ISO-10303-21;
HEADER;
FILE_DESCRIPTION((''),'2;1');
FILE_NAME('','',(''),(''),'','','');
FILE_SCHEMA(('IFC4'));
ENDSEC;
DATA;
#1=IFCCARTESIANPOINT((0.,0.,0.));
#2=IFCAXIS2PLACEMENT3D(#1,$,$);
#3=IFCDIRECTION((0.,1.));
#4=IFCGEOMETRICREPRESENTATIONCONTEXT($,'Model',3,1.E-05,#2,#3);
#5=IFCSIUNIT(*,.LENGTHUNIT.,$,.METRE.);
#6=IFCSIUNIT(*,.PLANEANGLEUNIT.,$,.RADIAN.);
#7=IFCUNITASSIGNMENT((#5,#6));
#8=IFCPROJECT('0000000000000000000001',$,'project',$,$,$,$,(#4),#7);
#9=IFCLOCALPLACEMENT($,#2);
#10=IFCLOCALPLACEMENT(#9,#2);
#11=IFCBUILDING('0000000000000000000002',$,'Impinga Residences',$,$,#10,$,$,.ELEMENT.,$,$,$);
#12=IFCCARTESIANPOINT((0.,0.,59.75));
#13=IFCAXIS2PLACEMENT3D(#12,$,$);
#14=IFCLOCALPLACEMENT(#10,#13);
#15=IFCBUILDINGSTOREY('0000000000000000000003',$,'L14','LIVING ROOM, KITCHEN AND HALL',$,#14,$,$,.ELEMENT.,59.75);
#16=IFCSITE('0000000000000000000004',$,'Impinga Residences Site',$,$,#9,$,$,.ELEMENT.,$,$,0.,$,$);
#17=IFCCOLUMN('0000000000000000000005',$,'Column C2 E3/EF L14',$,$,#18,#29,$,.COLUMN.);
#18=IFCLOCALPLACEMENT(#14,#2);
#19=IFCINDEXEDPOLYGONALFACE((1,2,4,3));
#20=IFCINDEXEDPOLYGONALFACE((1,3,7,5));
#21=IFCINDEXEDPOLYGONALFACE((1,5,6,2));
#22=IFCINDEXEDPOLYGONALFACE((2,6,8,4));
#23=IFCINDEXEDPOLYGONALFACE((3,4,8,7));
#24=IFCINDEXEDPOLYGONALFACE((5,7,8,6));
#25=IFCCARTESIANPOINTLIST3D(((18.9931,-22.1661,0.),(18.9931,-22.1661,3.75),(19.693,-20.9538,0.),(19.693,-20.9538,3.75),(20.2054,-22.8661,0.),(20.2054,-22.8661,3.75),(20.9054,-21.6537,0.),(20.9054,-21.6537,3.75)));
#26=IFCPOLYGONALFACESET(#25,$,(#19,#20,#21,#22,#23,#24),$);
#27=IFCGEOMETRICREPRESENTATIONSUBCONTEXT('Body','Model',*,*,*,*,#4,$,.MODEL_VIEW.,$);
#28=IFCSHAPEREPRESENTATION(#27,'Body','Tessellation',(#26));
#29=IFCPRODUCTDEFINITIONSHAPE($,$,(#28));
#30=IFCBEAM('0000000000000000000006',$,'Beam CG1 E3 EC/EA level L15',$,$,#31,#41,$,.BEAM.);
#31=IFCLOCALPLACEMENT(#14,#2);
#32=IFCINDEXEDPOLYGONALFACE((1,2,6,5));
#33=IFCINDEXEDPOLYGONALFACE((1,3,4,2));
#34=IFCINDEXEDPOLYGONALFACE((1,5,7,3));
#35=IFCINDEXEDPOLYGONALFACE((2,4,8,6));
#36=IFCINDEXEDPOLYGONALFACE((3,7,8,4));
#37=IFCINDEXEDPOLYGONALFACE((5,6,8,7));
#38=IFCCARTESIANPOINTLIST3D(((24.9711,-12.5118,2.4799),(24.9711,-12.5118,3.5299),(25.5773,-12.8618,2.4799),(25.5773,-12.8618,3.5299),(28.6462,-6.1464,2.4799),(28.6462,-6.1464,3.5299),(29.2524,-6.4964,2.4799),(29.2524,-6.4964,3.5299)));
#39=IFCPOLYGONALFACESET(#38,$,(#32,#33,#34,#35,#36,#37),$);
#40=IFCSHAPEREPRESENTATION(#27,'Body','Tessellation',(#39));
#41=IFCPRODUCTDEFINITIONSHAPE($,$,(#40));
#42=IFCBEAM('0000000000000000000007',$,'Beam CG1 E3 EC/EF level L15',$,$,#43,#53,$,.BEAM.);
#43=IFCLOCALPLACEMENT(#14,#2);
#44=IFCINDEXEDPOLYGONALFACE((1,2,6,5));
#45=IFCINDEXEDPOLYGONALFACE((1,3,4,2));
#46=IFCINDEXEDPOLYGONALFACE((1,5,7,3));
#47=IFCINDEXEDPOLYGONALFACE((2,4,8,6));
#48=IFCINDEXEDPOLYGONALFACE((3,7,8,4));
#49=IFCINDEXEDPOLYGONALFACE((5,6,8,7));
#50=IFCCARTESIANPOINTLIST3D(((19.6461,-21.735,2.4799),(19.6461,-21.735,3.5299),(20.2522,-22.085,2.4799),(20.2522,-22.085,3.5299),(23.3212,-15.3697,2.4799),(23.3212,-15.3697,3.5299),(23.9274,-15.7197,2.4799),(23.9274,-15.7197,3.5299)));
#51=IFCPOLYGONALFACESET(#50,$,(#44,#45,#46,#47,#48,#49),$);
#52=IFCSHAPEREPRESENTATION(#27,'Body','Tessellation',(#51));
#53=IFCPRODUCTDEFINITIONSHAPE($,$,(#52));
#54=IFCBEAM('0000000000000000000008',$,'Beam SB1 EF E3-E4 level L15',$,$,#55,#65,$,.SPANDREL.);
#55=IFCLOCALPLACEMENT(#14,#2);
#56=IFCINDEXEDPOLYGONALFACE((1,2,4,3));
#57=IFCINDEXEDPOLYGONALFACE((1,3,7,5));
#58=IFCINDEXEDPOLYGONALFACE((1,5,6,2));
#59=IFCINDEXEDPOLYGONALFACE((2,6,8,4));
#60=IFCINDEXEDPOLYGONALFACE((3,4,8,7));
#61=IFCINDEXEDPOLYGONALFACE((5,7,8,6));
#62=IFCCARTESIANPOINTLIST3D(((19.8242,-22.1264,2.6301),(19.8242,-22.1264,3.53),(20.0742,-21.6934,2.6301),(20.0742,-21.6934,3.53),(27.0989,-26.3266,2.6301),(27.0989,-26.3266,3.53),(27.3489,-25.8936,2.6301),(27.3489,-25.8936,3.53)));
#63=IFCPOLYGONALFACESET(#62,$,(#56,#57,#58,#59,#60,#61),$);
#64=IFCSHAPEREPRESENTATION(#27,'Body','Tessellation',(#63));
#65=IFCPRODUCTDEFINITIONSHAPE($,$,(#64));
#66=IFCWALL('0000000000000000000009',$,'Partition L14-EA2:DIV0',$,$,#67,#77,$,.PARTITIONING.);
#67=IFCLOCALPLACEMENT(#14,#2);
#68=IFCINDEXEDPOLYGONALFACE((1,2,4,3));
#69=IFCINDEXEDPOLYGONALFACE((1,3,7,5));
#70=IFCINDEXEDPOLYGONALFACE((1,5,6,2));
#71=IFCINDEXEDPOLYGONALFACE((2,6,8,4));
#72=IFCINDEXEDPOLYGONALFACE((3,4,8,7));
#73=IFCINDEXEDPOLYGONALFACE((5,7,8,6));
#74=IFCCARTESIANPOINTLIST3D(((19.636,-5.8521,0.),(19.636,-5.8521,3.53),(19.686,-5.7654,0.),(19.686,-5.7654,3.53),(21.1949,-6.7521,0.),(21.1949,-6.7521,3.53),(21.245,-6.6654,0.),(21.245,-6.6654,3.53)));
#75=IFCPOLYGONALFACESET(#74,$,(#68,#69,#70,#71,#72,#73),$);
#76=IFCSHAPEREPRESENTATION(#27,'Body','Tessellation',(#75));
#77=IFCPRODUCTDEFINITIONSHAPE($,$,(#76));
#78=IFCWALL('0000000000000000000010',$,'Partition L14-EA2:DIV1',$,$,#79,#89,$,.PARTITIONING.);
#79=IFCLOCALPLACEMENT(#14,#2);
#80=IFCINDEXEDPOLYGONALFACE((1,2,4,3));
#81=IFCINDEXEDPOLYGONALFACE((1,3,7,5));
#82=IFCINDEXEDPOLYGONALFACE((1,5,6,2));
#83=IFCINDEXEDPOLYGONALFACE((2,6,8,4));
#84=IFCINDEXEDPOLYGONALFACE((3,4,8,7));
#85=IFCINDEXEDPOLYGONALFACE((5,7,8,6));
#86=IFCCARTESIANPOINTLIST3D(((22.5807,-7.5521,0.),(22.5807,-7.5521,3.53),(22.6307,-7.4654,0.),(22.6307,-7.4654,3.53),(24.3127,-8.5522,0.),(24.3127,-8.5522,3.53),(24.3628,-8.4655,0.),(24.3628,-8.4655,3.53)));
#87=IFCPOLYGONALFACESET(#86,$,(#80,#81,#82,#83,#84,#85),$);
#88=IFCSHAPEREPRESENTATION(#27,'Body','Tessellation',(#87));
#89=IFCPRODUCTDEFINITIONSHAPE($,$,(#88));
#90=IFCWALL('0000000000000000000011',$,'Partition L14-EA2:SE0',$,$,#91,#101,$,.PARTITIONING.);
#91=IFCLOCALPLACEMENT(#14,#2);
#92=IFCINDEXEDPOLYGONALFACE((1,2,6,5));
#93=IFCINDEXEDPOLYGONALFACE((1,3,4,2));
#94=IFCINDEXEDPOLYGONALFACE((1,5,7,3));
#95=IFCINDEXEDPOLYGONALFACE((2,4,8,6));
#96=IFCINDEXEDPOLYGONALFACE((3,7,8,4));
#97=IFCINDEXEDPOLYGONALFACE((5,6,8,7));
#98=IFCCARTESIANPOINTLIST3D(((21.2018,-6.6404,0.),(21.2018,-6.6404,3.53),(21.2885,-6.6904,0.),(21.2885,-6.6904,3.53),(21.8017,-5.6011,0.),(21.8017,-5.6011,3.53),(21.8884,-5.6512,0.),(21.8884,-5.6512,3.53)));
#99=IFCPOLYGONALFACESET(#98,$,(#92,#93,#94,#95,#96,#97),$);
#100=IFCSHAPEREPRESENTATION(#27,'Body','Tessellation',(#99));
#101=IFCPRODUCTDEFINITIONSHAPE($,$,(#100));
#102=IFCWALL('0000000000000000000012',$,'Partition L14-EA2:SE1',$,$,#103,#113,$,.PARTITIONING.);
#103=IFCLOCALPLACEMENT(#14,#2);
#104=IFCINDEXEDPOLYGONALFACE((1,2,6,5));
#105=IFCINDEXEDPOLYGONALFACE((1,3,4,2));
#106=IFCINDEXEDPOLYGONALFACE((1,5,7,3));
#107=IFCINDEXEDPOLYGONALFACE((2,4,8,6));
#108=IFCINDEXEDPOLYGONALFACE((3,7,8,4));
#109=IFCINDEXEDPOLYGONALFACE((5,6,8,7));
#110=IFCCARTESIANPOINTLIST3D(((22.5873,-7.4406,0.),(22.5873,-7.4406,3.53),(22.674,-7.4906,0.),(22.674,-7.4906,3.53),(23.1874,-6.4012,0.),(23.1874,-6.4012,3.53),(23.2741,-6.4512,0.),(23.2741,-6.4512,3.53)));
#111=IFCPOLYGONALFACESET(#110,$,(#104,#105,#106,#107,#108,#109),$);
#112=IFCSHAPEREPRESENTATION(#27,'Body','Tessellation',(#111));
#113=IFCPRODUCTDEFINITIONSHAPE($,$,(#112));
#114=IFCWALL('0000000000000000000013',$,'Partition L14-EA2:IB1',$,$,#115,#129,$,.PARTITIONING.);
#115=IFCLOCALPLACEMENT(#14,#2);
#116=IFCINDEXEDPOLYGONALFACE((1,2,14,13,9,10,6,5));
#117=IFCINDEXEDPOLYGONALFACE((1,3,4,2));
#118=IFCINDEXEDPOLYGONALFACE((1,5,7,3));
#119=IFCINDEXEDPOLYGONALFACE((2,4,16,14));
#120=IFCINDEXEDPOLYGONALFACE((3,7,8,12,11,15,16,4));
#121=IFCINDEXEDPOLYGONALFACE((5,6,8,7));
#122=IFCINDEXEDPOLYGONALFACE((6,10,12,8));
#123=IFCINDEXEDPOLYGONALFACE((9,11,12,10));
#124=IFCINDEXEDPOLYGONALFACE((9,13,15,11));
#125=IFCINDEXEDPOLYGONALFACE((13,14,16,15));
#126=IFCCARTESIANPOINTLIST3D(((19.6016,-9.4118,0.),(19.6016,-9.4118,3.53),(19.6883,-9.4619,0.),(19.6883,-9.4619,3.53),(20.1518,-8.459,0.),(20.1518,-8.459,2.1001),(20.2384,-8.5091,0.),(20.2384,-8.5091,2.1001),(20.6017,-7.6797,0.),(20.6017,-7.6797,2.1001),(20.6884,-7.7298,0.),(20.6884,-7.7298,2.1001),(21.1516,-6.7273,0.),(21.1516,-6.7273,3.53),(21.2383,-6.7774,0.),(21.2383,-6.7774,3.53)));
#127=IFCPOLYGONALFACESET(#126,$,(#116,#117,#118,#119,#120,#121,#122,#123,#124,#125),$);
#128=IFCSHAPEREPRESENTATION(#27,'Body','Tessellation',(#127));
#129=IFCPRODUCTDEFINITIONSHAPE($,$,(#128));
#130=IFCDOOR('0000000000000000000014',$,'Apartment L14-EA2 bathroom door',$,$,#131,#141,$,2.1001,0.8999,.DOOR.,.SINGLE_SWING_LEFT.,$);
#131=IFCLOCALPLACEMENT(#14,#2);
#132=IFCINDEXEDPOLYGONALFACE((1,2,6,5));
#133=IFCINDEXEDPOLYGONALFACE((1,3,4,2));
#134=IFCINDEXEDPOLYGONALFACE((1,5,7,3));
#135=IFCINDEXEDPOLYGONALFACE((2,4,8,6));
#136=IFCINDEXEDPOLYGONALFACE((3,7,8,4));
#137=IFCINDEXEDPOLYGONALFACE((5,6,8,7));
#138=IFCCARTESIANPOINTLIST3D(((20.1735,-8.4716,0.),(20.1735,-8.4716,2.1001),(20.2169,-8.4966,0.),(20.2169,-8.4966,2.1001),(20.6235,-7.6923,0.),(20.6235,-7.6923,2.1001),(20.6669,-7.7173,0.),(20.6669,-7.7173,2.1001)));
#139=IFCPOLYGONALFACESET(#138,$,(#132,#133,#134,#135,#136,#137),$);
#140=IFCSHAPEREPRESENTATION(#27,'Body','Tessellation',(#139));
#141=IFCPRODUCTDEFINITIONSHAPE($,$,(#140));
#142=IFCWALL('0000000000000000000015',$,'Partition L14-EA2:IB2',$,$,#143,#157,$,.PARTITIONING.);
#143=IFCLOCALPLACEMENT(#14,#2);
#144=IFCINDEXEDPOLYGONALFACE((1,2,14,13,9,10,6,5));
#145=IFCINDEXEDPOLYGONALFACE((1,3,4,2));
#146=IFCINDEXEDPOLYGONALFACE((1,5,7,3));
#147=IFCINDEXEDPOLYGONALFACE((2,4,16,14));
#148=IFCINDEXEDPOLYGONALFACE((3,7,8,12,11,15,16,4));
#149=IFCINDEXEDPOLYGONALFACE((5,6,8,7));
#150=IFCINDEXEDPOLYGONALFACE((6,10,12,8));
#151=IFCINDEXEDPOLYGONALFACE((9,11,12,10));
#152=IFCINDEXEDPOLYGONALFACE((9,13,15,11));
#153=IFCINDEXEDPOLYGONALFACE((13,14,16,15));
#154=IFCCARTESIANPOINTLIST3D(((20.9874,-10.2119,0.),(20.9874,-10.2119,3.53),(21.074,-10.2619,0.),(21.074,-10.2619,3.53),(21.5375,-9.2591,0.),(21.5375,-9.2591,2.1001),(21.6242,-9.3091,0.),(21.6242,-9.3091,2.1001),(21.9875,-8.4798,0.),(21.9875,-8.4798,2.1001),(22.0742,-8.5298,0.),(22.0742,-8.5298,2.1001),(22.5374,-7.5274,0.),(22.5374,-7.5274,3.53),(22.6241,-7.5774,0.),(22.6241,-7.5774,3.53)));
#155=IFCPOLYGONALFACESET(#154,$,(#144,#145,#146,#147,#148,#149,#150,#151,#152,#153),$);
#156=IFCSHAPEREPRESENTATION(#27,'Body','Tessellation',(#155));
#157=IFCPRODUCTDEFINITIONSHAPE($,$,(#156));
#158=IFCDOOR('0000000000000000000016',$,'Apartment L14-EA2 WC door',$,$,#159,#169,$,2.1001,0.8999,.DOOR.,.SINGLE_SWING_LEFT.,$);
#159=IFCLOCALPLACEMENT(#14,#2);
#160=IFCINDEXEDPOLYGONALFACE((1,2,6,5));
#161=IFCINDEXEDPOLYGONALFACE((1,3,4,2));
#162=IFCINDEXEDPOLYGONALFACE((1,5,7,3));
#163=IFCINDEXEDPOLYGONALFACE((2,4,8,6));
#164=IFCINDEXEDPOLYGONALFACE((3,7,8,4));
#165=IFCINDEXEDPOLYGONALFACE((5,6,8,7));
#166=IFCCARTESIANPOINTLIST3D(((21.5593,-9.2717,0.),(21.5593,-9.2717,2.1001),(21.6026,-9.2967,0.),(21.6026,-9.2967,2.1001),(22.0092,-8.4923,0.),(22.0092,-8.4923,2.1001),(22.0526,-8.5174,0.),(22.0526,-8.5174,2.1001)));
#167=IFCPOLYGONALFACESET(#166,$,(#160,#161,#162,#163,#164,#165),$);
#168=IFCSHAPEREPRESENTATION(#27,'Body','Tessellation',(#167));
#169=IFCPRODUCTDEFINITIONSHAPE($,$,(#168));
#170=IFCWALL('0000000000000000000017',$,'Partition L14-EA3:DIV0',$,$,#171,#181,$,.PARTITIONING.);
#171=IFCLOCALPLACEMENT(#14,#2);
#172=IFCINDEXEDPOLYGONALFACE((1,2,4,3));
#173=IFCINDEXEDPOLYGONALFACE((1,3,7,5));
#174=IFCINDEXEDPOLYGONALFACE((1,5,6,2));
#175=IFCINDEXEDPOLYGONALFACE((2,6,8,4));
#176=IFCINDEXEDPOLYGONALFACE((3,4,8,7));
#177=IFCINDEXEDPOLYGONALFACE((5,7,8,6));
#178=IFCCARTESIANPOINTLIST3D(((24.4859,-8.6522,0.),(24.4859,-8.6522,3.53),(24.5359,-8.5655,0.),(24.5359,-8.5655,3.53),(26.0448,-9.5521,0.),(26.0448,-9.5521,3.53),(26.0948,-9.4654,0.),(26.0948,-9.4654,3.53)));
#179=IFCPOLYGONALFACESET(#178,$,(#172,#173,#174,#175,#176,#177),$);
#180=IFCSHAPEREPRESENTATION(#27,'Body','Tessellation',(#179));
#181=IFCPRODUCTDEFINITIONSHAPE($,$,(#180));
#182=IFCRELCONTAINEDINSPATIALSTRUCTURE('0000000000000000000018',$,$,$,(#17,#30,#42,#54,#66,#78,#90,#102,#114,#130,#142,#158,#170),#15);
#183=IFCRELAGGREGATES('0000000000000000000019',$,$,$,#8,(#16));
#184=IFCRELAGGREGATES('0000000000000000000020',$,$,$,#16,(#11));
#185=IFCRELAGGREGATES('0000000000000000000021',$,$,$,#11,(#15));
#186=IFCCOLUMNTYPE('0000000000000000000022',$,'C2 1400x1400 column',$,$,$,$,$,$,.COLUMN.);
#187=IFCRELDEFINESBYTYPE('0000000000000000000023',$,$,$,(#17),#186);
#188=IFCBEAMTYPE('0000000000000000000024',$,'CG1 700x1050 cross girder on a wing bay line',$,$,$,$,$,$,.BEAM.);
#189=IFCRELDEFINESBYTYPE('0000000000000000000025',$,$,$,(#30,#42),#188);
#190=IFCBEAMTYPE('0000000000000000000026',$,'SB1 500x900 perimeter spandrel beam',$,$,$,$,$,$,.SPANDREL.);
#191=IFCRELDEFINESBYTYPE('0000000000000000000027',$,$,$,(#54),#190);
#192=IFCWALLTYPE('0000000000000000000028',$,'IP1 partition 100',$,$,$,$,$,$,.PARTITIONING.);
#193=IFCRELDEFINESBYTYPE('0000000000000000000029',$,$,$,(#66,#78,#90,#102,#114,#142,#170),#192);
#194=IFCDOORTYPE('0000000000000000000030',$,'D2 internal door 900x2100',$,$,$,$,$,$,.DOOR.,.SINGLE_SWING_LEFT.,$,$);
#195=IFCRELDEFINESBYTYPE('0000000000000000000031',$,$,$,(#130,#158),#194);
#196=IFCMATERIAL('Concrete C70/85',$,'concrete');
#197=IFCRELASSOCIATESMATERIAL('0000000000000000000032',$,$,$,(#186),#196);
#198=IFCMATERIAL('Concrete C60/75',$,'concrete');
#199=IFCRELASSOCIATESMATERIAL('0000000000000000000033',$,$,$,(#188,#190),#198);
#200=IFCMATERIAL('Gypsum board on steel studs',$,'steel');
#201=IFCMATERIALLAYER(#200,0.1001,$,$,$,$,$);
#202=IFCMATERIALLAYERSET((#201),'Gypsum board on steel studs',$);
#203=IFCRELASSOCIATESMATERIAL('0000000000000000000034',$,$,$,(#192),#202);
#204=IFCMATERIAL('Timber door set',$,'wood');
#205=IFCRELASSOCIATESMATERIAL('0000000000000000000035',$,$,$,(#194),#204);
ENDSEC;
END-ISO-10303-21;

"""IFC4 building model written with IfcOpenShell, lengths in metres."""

from ifc_helpers import new_model, si_unit, direction, frame, frame_2d, origin, origin_2d, place, context, subcontext, project, spatial, rectangle, extrude, material, layer, layer_set, material_profile, profile_set, type_object, element, fill, save


model = new_model("IFC4")

# Units and contexts
model_context = context("Model", 3, precision=1e-05, world=origin(), true_north=direction((0.0, 1.0)))
body_context = subcontext(model_context, "Body", "Model", "MODEL_VIEW")
ifc_project = project(units=[si_unit("LENGTHUNIT", "METRE"), si_unit("PLANEANGLEUNIT", "RADIAN")], contexts=[model_context])

# Site, building, storey
site_placement = place(None, origin())
site = spatial("IfcSite", under=ifc_project, at=site_placement, Name="Impinga Residences Site", CompositionType="ELEMENT", RefElevation=0.0)
building_placement = place(site_placement, origin())
building = spatial("IfcBuilding", under=site, at=building_placement, Name="Impinga Residences", CompositionType="ELEMENT")
storey_placement = place(building_placement, frame((0.0, 0.0, 59.75)))
storey = spatial("IfcBuildingStorey", under=building, at=storey_placement, Name="L14", Description="LIVING ROOM, KITCHEN AND HALL", CompositionType="ELEMENT", Elevation=59.75)

# Column
ifc_material_1 = material(Name="Concrete C70/85", Category="concrete")
ifc_material_profile_1 = material_profile(ifc_material_1, rectangle(XDim=1.3999, YDim=1.3999, at=origin_2d()), Name="RC 1400x1400")
ifc_profile_set_1 = profile_set([ifc_material_profile_1], Name="Concrete C70/85")
column_type = type_object("IfcColumnType", Name="C2 1400x1400 column", PredefinedType="COLUMN", material=ifc_profile_set_1)
column_placement = place(storey_placement, frame((19.9492, -21.9099, 0.0), z_axis=(0.0, 0.0, 1.0), x_axis=(-0.5, -0.866025, 0.0)))
element("IfcColumn", 1, at=column_placement, inside=storey, type_object=column_type, Name="Column C2 E3/EF L14", PredefinedType="COLUMN", context=body_context, shape_type="SweptSolid", body=[
    extrude(rectangle(XDim=1.3999, YDim=1.3999, at=origin_2d()), origin(), (0.0, 0.0, 1.0), 3.75),
])

# Beams
ifc_material_2 = material(Name="Concrete C60/75", Category="concrete")
ifc_material_profile_2 = material_profile(ifc_material_2, rectangle(XDim=0.7, YDim=1.05, at=origin_2d()), Name="RC 700x1050")
ifc_profile_set_2 = profile_set([ifc_material_profile_2], Name="Concrete C60/75")
beam_type_1 = type_object("IfcBeamType", Name="CG1 700x1050 cross girder on a wing bay line", PredefinedType="BEAM", material=ifc_profile_set_2)
for number, where, z_axis, x_axis, name in (
    (2, (25.2742, -12.6868, 3.0049), (0.500008, 0.866021, 0.0), (-0.866021, 0.500008, 0.0), "Beam CG1 E3 EC/EA level L15"),
    (3, (23.6243, -15.5447, 3.0049), (-0.500008, -0.866021, 0.0), (0.866021, -0.500008, 0.0), "Beam CG1 E3 EC/EF level L15"),
):
    element("IfcBeam", number, at=place(storey_placement, frame(where, z_axis=z_axis, x_axis=x_axis)), inside=storey, type_object=beam_type_1, Name=name, PredefinedType="BEAM", context=body_context, shape_type="SweptSolid", body=[
        extrude(rectangle(XDim=0.7, YDim=1.05, at=origin_2d()), origin(), (0.0, 0.0, 1.0), 7.3501),
    ])
ifc_material_profile_3 = material_profile(ifc_material_2, rectangle(XDim=0.5, YDim=0.8999, at=origin_2d()), Name="RC 500x900")
ifc_profile_set_3 = profile_set([ifc_material_profile_3], Name="Concrete C60/75")
beam_type_2 = type_object("IfcBeamType", Name="SB1 500x900 perimeter spandrel beam", PredefinedType="SPANDREL", material=ifc_profile_set_3)
beam_placement = place(storey_placement, frame((19.9492, -21.9099, 3.0801), z_axis=(0.866017, -0.500015, 0.0), x_axis=(0.500015, 0.866017, 0.0)))
element("IfcBeam", 4, at=beam_placement, inside=storey, type_object=beam_type_2, Name="Beam SB1 EF E3-E4 level L15", PredefinedType="SPANDREL", context=body_context, shape_type="SweptSolid", body=[
    extrude(rectangle(XDim=0.5, YDim=0.8999, at=origin_2d()), origin(), (0.0, 0.0, 1.0), 8.4001),
])

# Walls
ifc_material_3 = material(Name="Gypsum board on steel studs", Category="steel")
ifc_layer_1 = layer(ifc_material_3, 0.1001)
ifc_layer_set_1 = layer_set([ifc_layer_1], Name="Gypsum board on steel studs")
wall_type_1 = type_object("IfcWallType", Name="IP1 partition 100", PredefinedType="PARTITIONING", material=ifc_layer_set_1)
wall_1_placement = place(storey_placement, frame((19.6611, -5.8088, 0.0), z_axis=(0.0, 0.0, 1.0), x_axis=(0.866048, -0.499961, 0.0)))
element("IfcWall", 5, at=wall_1_placement, inside=storey, type_object=wall_type_1, Name="Partition L14-EA2:DIV0", PredefinedType="PARTITIONING", context=body_context, shape_type="SweptSolid", body=[
    extrude(rectangle(XDim=1.8, YDim=0.1001, at=frame_2d((0.8999, 0.0))), origin(), (0.0, 0.0, 1.0), 3.53),
])
wall_2_placement = place(storey_placement, frame((22.6057, -7.5088, 0.0), z_axis=(0.0, 0.0, 1.0), x_axis=(0.866011, -0.500025, 0.0)))
element("IfcWall", 6, at=wall_2_placement, inside=storey, type_object=wall_type_1, Name="Partition L14-EA2:DIV1", PredefinedType="PARTITIONING", context=body_context, shape_type="SweptSolid", body=[
    extrude(rectangle(XDim=2.0, YDim=0.1001, at=frame_2d((1.0, 0.0))), origin(), (0.0, 0.0, 1.0), 3.53),
])
wall_3_placement = place(storey_placement, frame((21.2451, -6.6655, 0.0), z_axis=(0.0, 0.0, 1.0), x_axis=(0.499881, 0.866094, 0.0)))
element("IfcWall", 7, at=wall_3_placement, inside=storey, type_object=wall_type_1, Name="Partition L14-EA2:SE0", PredefinedType="PARTITIONING", context=body_context, shape_type="SweptSolid", body=[
    extrude(rectangle(XDim=1.2, YDim=0.1001, at=frame_2d((0.6001, 0.0))), origin(), (0.0, 0.0, 1.0), 3.53),
])
wall_4_placement = place(storey_placement, frame((22.6306, -7.4656, 0.0), z_axis=(0.0, 0.0, 1.0), x_axis=(0.500034, 0.866006, 0.0)))
element("IfcWall", 8, at=wall_4_placement, inside=storey, type_object=wall_type_1, Name="Partition L14-EA2:SE1", PredefinedType="PARTITIONING", context=body_context, shape_type="SweptSolid", body=[
    extrude(rectangle(XDim=1.2002, YDim=0.1001, at=frame_2d((0.6001, 0.0))), origin(), (0.0, 0.0, 1.0), 3.53),
])

# Walls, openings, doors
wall_5_placement = place(storey_placement, frame((19.645, -9.4368, 0.0), z_axis=(0.0, 0.0, 1.0), x_axis=(0.500027, 0.86601, 0.0)))
wall_5 = element("IfcWall", 9, at=wall_5_placement, inside=storey, type_object=wall_type_1, Name="Partition L14-EA2:IB1", PredefinedType="PARTITIONING", context=body_context, shape_type="SweptSolid", body=[
    extrude(rectangle(XDim=3.0999, YDim=0.1001, at=frame_2d((1.5498, 0.0))), origin(), (0.0, 0.0, 1.0), 3.53),
])
opening_1_placement = place(wall_5_placement, frame((1.1001, 0.0, 0.0)))
opening_1 = element("IfcOpeningElement", 10, at=opening_1_placement, cuts=wall_5, PredefinedType="OPENING", context=body_context, shape_type="SweptSolid", body=[
    extrude(rectangle(XDim=0.8999, YDim=2.1001, at=frame_2d((0.45, 1.05))), frame((0.0, 0.0601, 0.0), z_axis=(0.0, -1.0, 0.0), x_axis=(1.0, 0.0, 0.0)), (0.0, 0.0, 1.0), 0.1201),
])
ifc_material_4 = material(Name="Timber door set", Category="wood")
door_type = type_object("IfcDoorType", Name="D2 internal door 900x2100", OperationType="SINGLE_SWING_LEFT", PredefinedType="DOOR", material=ifc_material_4)
door_1_placement = place(opening_1_placement, origin())
door_1 = element("IfcDoor", 11, at=door_1_placement, inside=storey, type_object=door_type, Name="Apartment L14-EA2 bathroom door", OperationType="SINGLE_SWING_LEFT", OverallHeight=2.1001, OverallWidth=0.8999, PredefinedType="DOOR", context=body_context, shape_type="SweptSolid", body=[
    extrude(rectangle(XDim=0.8999, YDim=2.1001, at=frame_2d((0.45, 1.05))), frame((0.0, 0.0249, 0.0), z_axis=(0.0, -1.0, 0.0), x_axis=(1.0, 0.0, 0.0)), (0.0, 0.0, 1.0), 0.05),
])
fill(opening_1, door_1)
wall_6_placement = place(storey_placement, frame((21.0308, -10.2368, 0.0), z_axis=(0.0, 0.0, 1.0), x_axis=(0.500027, 0.86601, 0.0)))
wall_6 = element("IfcWall", 12, at=wall_6_placement, inside=storey, type_object=wall_type_1, Name="Partition L14-EA2:IB2", PredefinedType="PARTITIONING", context=body_context, shape_type="SweptSolid", body=[
    extrude(rectangle(XDim=3.0999, YDim=0.1001, at=frame_2d((1.5498, 0.0))), origin(), (0.0, 0.0, 1.0), 3.53),
])
opening_2_placement = place(wall_6_placement, frame((1.1001, 0.0, 0.0)))
opening_2 = element("IfcOpeningElement", 13, at=opening_2_placement, cuts=wall_6, PredefinedType="OPENING", context=body_context, shape_type="SweptSolid", body=[
    extrude(rectangle(XDim=0.8999, YDim=2.1001, at=frame_2d((0.45, 1.05))), frame((0.0, 0.0601, 0.0), z_axis=(0.0, -1.0, 0.0), x_axis=(1.0, 0.0, 0.0)), (0.0, 0.0, 1.0), 0.1201),
])
door_2_placement = place(opening_2_placement, origin())
door_2 = element("IfcDoor", 14, at=door_2_placement, inside=storey, type_object=door_type, Name="Apartment L14-EA2 WC door", OperationType="SINGLE_SWING_LEFT", OverallHeight=2.1001, OverallWidth=0.8999, PredefinedType="DOOR", context=body_context, shape_type="SweptSolid", body=[
    extrude(rectangle(XDim=0.8999, YDim=2.1001, at=frame_2d((0.45, 1.05))), frame((0.0, 0.0249, 0.0), z_axis=(0.0, -1.0, 0.0), x_axis=(1.0, 0.0, 0.0)), (0.0, 0.0, 1.0), 0.05),
])
fill(opening_2, door_2)

# Wall
wall_7_placement = place(storey_placement, frame((24.511, -8.6089, 0.0), z_axis=(0.0, 0.0, 1.0), x_axis=(0.866048, -0.499961, 0.0)))
element("IfcWall", 15, at=wall_7_placement, inside=storey, type_object=wall_type_1, Name="Partition L14-EA3:DIV0", PredefinedType="PARTITIONING", context=body_context, shape_type="SweptSolid", body=[
    extrude(rectangle(XDim=1.8, YDim=0.1001, at=frame_2d((0.8999, 0.0))), origin(), (0.0, 0.0, 1.0), 3.53),
])

save(model, "model.ifc")
